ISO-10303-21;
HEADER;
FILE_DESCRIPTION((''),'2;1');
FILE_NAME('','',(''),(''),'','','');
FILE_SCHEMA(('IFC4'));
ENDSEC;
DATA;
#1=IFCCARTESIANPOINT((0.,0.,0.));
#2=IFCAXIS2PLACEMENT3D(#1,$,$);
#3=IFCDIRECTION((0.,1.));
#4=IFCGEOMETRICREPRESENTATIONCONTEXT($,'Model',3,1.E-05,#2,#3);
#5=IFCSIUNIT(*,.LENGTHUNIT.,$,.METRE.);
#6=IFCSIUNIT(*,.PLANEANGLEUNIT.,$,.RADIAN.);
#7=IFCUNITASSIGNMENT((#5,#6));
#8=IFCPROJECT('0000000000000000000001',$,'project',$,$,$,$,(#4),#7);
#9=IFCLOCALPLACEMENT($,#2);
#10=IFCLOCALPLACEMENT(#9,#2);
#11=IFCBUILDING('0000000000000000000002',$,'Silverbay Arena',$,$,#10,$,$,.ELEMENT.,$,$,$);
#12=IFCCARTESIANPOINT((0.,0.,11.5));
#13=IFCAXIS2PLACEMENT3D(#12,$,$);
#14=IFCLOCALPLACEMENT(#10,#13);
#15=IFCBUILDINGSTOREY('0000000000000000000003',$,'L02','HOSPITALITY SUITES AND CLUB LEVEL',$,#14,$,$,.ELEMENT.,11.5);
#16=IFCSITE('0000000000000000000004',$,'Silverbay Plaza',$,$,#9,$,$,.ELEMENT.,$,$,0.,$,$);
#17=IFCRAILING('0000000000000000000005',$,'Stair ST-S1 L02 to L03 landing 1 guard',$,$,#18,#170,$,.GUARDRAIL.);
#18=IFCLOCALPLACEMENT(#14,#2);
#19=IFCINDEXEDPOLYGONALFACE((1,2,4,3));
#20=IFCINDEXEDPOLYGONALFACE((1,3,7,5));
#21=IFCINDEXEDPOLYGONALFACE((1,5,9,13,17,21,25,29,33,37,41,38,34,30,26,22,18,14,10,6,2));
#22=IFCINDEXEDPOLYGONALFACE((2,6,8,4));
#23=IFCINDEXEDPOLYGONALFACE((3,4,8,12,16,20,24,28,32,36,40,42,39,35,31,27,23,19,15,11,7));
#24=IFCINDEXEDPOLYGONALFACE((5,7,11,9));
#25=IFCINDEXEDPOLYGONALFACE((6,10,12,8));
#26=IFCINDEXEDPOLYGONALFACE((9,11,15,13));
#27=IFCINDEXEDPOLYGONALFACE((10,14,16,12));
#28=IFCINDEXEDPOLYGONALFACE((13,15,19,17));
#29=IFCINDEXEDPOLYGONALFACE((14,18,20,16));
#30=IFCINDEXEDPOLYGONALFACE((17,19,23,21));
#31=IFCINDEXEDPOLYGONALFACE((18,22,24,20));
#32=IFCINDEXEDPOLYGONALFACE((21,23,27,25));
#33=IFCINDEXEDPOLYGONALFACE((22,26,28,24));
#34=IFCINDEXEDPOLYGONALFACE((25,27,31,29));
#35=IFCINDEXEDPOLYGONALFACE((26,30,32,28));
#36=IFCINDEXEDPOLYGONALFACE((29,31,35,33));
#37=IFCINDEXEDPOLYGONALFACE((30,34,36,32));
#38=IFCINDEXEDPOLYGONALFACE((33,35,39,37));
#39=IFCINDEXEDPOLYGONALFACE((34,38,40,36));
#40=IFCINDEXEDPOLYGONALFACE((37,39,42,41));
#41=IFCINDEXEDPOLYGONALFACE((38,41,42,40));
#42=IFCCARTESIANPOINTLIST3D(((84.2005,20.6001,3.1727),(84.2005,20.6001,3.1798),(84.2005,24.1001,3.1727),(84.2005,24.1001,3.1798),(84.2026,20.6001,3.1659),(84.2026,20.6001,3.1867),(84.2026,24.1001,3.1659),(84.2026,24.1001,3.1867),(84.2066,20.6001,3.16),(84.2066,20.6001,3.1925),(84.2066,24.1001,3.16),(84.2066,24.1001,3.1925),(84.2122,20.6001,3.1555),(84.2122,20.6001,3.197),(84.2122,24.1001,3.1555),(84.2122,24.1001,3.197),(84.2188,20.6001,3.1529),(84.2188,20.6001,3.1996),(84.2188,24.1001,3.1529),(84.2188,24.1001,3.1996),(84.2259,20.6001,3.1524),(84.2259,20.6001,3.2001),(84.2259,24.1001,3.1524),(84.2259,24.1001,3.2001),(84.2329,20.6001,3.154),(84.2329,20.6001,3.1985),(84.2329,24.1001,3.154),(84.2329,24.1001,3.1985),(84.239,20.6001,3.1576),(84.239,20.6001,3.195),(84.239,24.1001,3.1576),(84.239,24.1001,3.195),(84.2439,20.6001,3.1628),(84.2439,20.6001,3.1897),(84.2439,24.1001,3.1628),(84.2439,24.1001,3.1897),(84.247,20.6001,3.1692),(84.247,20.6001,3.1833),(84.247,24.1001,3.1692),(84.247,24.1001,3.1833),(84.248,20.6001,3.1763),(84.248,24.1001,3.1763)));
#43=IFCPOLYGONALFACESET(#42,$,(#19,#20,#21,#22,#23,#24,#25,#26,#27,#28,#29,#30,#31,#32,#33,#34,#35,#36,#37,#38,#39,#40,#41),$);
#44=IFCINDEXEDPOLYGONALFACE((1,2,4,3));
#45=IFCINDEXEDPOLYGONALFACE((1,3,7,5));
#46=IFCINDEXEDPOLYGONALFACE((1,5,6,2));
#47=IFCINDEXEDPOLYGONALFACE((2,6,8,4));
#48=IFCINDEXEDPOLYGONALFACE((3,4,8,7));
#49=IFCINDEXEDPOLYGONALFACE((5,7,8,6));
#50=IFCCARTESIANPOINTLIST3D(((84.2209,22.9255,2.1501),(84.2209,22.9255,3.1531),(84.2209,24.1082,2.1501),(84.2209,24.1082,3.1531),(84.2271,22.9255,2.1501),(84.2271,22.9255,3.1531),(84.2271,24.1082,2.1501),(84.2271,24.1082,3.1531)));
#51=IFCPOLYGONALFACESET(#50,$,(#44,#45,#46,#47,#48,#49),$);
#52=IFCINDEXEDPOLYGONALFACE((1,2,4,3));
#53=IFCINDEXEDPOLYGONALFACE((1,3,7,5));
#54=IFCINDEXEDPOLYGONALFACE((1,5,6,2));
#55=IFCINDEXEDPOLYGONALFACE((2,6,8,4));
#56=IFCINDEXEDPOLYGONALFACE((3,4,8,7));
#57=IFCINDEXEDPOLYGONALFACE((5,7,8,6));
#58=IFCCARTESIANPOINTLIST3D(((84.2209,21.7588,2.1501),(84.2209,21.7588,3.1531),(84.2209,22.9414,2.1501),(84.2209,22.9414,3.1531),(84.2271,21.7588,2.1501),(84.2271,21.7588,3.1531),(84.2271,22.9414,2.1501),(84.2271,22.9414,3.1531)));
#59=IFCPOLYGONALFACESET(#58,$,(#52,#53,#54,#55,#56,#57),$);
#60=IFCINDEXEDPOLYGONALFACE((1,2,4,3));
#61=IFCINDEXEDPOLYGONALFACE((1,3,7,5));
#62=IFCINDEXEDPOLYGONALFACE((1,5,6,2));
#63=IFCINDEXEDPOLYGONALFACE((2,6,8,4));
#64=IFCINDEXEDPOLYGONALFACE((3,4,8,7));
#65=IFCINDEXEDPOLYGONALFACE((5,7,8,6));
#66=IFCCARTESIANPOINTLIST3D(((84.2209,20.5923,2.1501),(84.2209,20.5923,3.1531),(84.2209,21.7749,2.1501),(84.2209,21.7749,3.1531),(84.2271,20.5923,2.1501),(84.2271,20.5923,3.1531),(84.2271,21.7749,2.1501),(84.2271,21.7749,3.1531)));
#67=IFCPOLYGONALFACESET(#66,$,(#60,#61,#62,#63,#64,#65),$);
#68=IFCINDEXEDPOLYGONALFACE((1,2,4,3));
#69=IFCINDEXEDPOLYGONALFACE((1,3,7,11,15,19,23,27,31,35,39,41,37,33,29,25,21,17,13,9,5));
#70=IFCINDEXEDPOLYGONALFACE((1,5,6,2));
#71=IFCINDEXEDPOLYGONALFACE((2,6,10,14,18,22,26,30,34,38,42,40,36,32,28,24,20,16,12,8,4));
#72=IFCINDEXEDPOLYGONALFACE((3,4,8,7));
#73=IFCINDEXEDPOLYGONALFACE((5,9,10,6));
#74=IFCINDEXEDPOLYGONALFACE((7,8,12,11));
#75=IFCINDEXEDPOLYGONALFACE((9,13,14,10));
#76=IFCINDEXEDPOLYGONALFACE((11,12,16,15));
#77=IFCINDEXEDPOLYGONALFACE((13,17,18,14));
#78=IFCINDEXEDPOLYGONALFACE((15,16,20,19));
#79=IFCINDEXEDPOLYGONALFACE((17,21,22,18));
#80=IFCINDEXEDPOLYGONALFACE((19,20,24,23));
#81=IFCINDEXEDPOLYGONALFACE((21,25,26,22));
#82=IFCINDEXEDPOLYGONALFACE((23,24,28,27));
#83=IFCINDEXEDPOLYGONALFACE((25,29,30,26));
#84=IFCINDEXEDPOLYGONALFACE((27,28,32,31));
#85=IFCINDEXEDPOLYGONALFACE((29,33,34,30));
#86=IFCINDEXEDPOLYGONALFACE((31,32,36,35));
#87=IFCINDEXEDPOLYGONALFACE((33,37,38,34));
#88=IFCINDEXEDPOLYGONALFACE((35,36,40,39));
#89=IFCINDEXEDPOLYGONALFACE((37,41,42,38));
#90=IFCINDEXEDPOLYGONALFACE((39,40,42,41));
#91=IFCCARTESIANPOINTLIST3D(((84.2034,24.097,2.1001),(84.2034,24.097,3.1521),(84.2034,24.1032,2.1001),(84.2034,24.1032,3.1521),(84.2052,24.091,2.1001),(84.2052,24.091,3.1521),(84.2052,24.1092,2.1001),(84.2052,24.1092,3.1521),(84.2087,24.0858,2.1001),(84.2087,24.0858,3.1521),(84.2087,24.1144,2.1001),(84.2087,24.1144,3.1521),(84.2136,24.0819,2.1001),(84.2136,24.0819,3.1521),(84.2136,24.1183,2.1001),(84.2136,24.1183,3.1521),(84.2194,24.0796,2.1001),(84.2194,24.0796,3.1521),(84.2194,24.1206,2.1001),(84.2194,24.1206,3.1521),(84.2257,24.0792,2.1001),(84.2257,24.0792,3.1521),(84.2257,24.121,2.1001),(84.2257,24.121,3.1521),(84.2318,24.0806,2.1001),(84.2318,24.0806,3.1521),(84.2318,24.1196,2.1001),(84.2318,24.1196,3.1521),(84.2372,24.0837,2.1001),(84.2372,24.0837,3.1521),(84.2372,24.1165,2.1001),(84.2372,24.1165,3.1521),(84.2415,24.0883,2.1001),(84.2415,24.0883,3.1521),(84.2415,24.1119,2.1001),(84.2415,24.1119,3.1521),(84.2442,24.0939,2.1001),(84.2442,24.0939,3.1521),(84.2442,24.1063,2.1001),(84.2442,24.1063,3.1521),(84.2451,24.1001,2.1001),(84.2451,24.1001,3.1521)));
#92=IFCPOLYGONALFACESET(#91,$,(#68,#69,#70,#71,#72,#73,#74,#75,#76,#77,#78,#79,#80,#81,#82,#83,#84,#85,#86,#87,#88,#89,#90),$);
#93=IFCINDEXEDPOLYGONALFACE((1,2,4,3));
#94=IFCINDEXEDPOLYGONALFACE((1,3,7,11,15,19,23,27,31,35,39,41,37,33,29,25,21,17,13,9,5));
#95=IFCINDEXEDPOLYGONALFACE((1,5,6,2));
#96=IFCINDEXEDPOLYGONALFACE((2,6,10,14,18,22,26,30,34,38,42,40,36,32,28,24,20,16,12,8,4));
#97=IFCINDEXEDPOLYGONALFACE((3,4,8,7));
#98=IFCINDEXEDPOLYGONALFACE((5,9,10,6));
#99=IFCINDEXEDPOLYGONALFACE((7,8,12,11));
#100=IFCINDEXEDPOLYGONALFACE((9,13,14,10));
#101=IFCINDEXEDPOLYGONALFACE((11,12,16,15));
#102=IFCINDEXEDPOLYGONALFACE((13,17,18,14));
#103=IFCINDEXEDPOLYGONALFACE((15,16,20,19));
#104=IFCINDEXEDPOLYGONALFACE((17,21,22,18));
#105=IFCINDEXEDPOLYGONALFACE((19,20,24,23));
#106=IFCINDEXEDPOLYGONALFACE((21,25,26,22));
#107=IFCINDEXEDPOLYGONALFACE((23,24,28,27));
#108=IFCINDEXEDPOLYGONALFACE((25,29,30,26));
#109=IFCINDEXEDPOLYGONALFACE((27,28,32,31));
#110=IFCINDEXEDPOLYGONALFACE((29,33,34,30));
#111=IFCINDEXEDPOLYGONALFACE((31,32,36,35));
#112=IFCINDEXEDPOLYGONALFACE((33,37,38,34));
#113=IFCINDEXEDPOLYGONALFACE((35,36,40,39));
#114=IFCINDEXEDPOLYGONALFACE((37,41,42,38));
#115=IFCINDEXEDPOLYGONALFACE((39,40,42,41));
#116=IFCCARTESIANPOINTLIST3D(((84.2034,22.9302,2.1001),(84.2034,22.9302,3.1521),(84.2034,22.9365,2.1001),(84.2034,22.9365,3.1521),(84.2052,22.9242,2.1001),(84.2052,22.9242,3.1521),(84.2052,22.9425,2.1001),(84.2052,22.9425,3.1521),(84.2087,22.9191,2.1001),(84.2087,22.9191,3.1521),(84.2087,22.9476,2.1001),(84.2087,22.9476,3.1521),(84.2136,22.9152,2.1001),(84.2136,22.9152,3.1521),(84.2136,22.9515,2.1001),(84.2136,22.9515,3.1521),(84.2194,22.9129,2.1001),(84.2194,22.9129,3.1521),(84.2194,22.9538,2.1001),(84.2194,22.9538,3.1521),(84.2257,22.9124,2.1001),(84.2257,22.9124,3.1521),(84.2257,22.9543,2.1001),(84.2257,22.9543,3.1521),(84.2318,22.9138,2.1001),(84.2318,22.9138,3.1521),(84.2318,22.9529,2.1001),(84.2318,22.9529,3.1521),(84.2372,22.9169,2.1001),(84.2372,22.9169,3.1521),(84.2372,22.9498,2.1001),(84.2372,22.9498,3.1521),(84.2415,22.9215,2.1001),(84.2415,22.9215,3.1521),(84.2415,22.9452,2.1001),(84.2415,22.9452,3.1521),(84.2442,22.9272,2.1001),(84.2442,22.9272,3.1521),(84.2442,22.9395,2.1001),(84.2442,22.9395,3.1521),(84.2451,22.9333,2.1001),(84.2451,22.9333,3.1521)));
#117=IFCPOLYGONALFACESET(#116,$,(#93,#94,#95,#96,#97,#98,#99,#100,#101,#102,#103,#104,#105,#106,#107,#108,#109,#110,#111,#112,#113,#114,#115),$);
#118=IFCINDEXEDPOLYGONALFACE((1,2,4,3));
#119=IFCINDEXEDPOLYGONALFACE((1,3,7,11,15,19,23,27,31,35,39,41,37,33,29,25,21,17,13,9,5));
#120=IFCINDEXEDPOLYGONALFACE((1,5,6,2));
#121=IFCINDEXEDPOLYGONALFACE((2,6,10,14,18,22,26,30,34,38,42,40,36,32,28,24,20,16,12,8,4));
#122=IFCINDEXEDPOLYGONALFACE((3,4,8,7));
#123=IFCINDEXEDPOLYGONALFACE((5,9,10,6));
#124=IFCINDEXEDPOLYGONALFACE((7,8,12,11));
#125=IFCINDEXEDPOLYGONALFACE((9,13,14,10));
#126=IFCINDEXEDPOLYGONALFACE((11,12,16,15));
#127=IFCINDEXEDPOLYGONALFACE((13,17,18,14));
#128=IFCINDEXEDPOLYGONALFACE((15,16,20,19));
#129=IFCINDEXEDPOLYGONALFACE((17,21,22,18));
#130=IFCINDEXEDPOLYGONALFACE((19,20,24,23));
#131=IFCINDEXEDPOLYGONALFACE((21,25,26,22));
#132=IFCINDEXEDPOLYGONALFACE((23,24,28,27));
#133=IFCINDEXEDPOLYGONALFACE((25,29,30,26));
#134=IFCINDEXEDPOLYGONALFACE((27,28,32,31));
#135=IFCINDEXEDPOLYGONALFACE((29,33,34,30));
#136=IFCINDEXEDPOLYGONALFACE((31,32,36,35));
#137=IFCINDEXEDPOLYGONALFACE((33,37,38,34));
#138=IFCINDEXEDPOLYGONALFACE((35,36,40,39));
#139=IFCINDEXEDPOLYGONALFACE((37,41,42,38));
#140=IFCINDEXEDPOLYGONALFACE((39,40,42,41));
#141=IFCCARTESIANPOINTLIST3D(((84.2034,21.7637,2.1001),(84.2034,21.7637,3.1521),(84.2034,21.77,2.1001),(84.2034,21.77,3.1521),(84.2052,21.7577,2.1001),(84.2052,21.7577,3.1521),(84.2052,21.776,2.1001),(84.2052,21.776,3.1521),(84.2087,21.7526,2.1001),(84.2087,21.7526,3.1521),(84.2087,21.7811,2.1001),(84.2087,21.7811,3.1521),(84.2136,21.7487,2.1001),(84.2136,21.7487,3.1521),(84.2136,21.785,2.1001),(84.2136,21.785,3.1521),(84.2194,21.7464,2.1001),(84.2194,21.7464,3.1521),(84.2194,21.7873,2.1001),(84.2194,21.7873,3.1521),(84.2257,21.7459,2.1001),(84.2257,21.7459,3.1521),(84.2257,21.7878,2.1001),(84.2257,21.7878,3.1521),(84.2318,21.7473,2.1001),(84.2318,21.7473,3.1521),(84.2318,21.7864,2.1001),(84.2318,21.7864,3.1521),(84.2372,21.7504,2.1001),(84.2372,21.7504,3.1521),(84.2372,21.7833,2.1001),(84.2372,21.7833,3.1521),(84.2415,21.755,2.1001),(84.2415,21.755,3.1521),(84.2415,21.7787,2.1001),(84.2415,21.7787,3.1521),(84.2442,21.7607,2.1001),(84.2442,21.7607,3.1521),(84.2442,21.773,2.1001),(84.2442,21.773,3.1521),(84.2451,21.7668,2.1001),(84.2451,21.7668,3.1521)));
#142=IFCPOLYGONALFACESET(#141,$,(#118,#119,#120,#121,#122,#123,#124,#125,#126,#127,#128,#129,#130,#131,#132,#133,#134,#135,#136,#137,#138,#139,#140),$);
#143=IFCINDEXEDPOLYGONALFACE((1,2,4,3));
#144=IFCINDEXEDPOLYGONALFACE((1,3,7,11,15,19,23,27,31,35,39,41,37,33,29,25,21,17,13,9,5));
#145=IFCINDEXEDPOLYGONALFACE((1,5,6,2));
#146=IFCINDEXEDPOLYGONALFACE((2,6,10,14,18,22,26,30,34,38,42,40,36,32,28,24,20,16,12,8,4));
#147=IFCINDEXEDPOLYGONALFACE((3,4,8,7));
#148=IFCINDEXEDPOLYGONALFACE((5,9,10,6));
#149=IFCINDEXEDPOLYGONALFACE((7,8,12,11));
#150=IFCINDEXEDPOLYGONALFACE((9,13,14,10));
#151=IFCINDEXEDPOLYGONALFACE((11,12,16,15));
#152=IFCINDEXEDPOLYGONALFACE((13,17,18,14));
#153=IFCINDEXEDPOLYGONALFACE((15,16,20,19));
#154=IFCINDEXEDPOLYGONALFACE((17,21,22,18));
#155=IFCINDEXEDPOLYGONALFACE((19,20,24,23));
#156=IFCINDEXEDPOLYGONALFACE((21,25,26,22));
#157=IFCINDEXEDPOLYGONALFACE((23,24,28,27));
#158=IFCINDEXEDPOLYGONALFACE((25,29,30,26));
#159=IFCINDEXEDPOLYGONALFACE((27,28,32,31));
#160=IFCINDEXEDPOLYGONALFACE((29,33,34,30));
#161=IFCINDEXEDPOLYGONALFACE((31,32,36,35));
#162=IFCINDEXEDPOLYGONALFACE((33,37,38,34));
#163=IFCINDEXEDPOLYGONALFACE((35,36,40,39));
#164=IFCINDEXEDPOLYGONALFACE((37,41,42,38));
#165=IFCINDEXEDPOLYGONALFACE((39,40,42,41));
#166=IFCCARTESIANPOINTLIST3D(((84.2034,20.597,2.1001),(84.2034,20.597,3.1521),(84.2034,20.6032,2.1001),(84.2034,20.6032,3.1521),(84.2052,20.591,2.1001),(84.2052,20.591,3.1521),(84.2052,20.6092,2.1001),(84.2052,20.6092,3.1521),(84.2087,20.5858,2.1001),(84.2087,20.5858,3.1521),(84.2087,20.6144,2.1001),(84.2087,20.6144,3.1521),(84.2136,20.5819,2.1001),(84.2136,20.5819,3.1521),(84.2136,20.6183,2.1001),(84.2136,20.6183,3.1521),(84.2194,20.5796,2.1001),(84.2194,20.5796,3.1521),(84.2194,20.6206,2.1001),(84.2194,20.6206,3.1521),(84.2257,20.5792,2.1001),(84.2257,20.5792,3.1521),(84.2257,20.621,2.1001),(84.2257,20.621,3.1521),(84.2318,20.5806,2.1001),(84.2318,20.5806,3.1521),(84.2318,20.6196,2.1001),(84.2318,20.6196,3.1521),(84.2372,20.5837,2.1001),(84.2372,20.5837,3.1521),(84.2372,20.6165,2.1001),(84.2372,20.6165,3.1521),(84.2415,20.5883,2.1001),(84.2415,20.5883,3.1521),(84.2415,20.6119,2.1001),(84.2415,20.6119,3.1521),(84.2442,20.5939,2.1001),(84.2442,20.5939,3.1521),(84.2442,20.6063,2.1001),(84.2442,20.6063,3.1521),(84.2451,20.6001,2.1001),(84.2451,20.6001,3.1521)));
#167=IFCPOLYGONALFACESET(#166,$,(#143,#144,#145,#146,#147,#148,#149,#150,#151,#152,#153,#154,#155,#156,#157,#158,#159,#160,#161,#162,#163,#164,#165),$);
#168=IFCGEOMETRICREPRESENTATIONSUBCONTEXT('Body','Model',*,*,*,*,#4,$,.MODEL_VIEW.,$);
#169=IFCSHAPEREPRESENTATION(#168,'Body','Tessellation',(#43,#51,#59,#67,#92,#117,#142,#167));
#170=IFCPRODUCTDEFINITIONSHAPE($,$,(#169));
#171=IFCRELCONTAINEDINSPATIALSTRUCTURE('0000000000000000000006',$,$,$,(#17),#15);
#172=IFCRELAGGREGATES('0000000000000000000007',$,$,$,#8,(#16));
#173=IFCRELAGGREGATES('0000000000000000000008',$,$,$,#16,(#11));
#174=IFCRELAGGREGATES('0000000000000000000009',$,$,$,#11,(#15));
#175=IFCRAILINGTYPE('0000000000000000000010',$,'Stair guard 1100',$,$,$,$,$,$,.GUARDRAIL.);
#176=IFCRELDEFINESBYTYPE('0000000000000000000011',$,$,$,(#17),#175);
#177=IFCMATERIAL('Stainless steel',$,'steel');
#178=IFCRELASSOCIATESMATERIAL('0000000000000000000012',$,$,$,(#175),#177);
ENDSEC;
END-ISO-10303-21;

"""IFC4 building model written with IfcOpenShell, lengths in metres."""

from ifc_helpers import new_model, si_unit, direction, frame, origin, origin_2d, place, context, subcontext, project, spatial, polyline, circle, outline, extrude, material, type_object, element, save


model = new_model("IFC4")

# Units and contexts
model_context = context("Model", 3, precision=1e-05, world=origin(), true_north=direction((0.0, 1.0)))
body_context = subcontext(model_context, "Body", "Model", "MODEL_VIEW")
ifc_project = project(units=[si_unit("LENGTHUNIT", "METRE"), si_unit("PLANEANGLEUNIT", "RADIAN")], contexts=[model_context])

# Site, building, storey
site_placement = place(None, origin())
site = spatial("IfcSite", under=ifc_project, at=site_placement, Name="Silverbay Plaza", CompositionType="ELEMENT", RefElevation=0.0)
building_placement = place(site_placement, origin())
building = spatial("IfcBuilding", under=site, at=building_placement, Name="Silverbay Arena", CompositionType="ELEMENT")
storey_placement = place(building_placement, frame((0.0, 0.0, 11.5)))
storey = spatial("IfcBuildingStorey", under=building, at=storey_placement, Name="L02", Description="HOSPITALITY SUITES AND CLUB LEVEL", CompositionType="ELEMENT", Elevation=11.5)

# Railing
ifc_material_1 = material(Name="Stainless steel", Category="steel")
railing_type_1 = type_object("IfcRailingType", Name="Stair guard 1100", PredefinedType="GUARDRAIL", material=ifc_material_1)
for number, where, name in (
    (1, (84.2241, 24.1001, 2.1001), "Stair ST-S1 L02 to L03 landing 1 guard"),
):
    element("IfcRailing", number, at=place(storey_placement, frame(where)), inside=storey, type_object=railing_type_1, Name=name, PredefinedType="GUARDRAIL", context=body_context, shape_type="SweptSolid", body=[
        extrude(circle(Radius=0.0239, at=origin_2d()), frame((0.0, 0.0, 1.0762), z_axis=(0.0, -1.0, 0.0), x_axis=(1.0, 0.0, 0.0)), (0.0, 0.0, 1.0), 3.5),
        extrude(outline(polyline([(-0.0081, 0.05), (1.1746, 0.05), (1.1746, 1.053), (-0.0081, 1.053), (-0.0081, 0.05)])), frame((0.0029, 0.0, 0.0), z_axis=(-1.0, 0.0, 0.0), x_axis=(0.0, -1.0, 0.0)), (0.0, 0.0, 1.0), 0.0061),
        extrude(outline(polyline([(-0.0081, 0.05), (1.1746, 0.05), (1.1746, 1.053), (-0.0081, 1.053), (-0.0081, 0.05)])), frame((0.0029, -1.1667, 0.0), z_axis=(-1.0, 0.0, 0.0), x_axis=(0.0, -1.0, 0.0)), (0.0, 0.0, 1.0), 0.0061),
        extrude(outline(polyline([(-0.0081, 0.05), (1.1746, 0.05), (1.1746, 1.053), (-0.0081, 1.053), (-0.0081, 0.05)])), frame((0.0029, -2.3333, 0.0), z_axis=(-1.0, 0.0, 0.0), x_axis=(0.0, -1.0, 0.0)), (0.0, 0.0, 1.0), 0.0061),
        extrude(circle(Radius=0.021, at=origin_2d()), origin(), (0.0, 0.0, 1.0), 1.052),
        extrude(circle(Radius=0.021, at=origin_2d()), frame((0.0, -1.1667, 0.0)), (0.0, 0.0, 1.0), 1.052),
        extrude(circle(Radius=0.021, at=origin_2d()), frame((0.0, -2.3333, 0.0)), (0.0, 0.0, 1.0), 1.052),
        extrude(circle(Radius=0.021, at=origin_2d()), frame((0.0, -3.5, 0.0)), (0.0, 0.0, 1.0), 1.052),
    ])

save(model, "model.ifc")
